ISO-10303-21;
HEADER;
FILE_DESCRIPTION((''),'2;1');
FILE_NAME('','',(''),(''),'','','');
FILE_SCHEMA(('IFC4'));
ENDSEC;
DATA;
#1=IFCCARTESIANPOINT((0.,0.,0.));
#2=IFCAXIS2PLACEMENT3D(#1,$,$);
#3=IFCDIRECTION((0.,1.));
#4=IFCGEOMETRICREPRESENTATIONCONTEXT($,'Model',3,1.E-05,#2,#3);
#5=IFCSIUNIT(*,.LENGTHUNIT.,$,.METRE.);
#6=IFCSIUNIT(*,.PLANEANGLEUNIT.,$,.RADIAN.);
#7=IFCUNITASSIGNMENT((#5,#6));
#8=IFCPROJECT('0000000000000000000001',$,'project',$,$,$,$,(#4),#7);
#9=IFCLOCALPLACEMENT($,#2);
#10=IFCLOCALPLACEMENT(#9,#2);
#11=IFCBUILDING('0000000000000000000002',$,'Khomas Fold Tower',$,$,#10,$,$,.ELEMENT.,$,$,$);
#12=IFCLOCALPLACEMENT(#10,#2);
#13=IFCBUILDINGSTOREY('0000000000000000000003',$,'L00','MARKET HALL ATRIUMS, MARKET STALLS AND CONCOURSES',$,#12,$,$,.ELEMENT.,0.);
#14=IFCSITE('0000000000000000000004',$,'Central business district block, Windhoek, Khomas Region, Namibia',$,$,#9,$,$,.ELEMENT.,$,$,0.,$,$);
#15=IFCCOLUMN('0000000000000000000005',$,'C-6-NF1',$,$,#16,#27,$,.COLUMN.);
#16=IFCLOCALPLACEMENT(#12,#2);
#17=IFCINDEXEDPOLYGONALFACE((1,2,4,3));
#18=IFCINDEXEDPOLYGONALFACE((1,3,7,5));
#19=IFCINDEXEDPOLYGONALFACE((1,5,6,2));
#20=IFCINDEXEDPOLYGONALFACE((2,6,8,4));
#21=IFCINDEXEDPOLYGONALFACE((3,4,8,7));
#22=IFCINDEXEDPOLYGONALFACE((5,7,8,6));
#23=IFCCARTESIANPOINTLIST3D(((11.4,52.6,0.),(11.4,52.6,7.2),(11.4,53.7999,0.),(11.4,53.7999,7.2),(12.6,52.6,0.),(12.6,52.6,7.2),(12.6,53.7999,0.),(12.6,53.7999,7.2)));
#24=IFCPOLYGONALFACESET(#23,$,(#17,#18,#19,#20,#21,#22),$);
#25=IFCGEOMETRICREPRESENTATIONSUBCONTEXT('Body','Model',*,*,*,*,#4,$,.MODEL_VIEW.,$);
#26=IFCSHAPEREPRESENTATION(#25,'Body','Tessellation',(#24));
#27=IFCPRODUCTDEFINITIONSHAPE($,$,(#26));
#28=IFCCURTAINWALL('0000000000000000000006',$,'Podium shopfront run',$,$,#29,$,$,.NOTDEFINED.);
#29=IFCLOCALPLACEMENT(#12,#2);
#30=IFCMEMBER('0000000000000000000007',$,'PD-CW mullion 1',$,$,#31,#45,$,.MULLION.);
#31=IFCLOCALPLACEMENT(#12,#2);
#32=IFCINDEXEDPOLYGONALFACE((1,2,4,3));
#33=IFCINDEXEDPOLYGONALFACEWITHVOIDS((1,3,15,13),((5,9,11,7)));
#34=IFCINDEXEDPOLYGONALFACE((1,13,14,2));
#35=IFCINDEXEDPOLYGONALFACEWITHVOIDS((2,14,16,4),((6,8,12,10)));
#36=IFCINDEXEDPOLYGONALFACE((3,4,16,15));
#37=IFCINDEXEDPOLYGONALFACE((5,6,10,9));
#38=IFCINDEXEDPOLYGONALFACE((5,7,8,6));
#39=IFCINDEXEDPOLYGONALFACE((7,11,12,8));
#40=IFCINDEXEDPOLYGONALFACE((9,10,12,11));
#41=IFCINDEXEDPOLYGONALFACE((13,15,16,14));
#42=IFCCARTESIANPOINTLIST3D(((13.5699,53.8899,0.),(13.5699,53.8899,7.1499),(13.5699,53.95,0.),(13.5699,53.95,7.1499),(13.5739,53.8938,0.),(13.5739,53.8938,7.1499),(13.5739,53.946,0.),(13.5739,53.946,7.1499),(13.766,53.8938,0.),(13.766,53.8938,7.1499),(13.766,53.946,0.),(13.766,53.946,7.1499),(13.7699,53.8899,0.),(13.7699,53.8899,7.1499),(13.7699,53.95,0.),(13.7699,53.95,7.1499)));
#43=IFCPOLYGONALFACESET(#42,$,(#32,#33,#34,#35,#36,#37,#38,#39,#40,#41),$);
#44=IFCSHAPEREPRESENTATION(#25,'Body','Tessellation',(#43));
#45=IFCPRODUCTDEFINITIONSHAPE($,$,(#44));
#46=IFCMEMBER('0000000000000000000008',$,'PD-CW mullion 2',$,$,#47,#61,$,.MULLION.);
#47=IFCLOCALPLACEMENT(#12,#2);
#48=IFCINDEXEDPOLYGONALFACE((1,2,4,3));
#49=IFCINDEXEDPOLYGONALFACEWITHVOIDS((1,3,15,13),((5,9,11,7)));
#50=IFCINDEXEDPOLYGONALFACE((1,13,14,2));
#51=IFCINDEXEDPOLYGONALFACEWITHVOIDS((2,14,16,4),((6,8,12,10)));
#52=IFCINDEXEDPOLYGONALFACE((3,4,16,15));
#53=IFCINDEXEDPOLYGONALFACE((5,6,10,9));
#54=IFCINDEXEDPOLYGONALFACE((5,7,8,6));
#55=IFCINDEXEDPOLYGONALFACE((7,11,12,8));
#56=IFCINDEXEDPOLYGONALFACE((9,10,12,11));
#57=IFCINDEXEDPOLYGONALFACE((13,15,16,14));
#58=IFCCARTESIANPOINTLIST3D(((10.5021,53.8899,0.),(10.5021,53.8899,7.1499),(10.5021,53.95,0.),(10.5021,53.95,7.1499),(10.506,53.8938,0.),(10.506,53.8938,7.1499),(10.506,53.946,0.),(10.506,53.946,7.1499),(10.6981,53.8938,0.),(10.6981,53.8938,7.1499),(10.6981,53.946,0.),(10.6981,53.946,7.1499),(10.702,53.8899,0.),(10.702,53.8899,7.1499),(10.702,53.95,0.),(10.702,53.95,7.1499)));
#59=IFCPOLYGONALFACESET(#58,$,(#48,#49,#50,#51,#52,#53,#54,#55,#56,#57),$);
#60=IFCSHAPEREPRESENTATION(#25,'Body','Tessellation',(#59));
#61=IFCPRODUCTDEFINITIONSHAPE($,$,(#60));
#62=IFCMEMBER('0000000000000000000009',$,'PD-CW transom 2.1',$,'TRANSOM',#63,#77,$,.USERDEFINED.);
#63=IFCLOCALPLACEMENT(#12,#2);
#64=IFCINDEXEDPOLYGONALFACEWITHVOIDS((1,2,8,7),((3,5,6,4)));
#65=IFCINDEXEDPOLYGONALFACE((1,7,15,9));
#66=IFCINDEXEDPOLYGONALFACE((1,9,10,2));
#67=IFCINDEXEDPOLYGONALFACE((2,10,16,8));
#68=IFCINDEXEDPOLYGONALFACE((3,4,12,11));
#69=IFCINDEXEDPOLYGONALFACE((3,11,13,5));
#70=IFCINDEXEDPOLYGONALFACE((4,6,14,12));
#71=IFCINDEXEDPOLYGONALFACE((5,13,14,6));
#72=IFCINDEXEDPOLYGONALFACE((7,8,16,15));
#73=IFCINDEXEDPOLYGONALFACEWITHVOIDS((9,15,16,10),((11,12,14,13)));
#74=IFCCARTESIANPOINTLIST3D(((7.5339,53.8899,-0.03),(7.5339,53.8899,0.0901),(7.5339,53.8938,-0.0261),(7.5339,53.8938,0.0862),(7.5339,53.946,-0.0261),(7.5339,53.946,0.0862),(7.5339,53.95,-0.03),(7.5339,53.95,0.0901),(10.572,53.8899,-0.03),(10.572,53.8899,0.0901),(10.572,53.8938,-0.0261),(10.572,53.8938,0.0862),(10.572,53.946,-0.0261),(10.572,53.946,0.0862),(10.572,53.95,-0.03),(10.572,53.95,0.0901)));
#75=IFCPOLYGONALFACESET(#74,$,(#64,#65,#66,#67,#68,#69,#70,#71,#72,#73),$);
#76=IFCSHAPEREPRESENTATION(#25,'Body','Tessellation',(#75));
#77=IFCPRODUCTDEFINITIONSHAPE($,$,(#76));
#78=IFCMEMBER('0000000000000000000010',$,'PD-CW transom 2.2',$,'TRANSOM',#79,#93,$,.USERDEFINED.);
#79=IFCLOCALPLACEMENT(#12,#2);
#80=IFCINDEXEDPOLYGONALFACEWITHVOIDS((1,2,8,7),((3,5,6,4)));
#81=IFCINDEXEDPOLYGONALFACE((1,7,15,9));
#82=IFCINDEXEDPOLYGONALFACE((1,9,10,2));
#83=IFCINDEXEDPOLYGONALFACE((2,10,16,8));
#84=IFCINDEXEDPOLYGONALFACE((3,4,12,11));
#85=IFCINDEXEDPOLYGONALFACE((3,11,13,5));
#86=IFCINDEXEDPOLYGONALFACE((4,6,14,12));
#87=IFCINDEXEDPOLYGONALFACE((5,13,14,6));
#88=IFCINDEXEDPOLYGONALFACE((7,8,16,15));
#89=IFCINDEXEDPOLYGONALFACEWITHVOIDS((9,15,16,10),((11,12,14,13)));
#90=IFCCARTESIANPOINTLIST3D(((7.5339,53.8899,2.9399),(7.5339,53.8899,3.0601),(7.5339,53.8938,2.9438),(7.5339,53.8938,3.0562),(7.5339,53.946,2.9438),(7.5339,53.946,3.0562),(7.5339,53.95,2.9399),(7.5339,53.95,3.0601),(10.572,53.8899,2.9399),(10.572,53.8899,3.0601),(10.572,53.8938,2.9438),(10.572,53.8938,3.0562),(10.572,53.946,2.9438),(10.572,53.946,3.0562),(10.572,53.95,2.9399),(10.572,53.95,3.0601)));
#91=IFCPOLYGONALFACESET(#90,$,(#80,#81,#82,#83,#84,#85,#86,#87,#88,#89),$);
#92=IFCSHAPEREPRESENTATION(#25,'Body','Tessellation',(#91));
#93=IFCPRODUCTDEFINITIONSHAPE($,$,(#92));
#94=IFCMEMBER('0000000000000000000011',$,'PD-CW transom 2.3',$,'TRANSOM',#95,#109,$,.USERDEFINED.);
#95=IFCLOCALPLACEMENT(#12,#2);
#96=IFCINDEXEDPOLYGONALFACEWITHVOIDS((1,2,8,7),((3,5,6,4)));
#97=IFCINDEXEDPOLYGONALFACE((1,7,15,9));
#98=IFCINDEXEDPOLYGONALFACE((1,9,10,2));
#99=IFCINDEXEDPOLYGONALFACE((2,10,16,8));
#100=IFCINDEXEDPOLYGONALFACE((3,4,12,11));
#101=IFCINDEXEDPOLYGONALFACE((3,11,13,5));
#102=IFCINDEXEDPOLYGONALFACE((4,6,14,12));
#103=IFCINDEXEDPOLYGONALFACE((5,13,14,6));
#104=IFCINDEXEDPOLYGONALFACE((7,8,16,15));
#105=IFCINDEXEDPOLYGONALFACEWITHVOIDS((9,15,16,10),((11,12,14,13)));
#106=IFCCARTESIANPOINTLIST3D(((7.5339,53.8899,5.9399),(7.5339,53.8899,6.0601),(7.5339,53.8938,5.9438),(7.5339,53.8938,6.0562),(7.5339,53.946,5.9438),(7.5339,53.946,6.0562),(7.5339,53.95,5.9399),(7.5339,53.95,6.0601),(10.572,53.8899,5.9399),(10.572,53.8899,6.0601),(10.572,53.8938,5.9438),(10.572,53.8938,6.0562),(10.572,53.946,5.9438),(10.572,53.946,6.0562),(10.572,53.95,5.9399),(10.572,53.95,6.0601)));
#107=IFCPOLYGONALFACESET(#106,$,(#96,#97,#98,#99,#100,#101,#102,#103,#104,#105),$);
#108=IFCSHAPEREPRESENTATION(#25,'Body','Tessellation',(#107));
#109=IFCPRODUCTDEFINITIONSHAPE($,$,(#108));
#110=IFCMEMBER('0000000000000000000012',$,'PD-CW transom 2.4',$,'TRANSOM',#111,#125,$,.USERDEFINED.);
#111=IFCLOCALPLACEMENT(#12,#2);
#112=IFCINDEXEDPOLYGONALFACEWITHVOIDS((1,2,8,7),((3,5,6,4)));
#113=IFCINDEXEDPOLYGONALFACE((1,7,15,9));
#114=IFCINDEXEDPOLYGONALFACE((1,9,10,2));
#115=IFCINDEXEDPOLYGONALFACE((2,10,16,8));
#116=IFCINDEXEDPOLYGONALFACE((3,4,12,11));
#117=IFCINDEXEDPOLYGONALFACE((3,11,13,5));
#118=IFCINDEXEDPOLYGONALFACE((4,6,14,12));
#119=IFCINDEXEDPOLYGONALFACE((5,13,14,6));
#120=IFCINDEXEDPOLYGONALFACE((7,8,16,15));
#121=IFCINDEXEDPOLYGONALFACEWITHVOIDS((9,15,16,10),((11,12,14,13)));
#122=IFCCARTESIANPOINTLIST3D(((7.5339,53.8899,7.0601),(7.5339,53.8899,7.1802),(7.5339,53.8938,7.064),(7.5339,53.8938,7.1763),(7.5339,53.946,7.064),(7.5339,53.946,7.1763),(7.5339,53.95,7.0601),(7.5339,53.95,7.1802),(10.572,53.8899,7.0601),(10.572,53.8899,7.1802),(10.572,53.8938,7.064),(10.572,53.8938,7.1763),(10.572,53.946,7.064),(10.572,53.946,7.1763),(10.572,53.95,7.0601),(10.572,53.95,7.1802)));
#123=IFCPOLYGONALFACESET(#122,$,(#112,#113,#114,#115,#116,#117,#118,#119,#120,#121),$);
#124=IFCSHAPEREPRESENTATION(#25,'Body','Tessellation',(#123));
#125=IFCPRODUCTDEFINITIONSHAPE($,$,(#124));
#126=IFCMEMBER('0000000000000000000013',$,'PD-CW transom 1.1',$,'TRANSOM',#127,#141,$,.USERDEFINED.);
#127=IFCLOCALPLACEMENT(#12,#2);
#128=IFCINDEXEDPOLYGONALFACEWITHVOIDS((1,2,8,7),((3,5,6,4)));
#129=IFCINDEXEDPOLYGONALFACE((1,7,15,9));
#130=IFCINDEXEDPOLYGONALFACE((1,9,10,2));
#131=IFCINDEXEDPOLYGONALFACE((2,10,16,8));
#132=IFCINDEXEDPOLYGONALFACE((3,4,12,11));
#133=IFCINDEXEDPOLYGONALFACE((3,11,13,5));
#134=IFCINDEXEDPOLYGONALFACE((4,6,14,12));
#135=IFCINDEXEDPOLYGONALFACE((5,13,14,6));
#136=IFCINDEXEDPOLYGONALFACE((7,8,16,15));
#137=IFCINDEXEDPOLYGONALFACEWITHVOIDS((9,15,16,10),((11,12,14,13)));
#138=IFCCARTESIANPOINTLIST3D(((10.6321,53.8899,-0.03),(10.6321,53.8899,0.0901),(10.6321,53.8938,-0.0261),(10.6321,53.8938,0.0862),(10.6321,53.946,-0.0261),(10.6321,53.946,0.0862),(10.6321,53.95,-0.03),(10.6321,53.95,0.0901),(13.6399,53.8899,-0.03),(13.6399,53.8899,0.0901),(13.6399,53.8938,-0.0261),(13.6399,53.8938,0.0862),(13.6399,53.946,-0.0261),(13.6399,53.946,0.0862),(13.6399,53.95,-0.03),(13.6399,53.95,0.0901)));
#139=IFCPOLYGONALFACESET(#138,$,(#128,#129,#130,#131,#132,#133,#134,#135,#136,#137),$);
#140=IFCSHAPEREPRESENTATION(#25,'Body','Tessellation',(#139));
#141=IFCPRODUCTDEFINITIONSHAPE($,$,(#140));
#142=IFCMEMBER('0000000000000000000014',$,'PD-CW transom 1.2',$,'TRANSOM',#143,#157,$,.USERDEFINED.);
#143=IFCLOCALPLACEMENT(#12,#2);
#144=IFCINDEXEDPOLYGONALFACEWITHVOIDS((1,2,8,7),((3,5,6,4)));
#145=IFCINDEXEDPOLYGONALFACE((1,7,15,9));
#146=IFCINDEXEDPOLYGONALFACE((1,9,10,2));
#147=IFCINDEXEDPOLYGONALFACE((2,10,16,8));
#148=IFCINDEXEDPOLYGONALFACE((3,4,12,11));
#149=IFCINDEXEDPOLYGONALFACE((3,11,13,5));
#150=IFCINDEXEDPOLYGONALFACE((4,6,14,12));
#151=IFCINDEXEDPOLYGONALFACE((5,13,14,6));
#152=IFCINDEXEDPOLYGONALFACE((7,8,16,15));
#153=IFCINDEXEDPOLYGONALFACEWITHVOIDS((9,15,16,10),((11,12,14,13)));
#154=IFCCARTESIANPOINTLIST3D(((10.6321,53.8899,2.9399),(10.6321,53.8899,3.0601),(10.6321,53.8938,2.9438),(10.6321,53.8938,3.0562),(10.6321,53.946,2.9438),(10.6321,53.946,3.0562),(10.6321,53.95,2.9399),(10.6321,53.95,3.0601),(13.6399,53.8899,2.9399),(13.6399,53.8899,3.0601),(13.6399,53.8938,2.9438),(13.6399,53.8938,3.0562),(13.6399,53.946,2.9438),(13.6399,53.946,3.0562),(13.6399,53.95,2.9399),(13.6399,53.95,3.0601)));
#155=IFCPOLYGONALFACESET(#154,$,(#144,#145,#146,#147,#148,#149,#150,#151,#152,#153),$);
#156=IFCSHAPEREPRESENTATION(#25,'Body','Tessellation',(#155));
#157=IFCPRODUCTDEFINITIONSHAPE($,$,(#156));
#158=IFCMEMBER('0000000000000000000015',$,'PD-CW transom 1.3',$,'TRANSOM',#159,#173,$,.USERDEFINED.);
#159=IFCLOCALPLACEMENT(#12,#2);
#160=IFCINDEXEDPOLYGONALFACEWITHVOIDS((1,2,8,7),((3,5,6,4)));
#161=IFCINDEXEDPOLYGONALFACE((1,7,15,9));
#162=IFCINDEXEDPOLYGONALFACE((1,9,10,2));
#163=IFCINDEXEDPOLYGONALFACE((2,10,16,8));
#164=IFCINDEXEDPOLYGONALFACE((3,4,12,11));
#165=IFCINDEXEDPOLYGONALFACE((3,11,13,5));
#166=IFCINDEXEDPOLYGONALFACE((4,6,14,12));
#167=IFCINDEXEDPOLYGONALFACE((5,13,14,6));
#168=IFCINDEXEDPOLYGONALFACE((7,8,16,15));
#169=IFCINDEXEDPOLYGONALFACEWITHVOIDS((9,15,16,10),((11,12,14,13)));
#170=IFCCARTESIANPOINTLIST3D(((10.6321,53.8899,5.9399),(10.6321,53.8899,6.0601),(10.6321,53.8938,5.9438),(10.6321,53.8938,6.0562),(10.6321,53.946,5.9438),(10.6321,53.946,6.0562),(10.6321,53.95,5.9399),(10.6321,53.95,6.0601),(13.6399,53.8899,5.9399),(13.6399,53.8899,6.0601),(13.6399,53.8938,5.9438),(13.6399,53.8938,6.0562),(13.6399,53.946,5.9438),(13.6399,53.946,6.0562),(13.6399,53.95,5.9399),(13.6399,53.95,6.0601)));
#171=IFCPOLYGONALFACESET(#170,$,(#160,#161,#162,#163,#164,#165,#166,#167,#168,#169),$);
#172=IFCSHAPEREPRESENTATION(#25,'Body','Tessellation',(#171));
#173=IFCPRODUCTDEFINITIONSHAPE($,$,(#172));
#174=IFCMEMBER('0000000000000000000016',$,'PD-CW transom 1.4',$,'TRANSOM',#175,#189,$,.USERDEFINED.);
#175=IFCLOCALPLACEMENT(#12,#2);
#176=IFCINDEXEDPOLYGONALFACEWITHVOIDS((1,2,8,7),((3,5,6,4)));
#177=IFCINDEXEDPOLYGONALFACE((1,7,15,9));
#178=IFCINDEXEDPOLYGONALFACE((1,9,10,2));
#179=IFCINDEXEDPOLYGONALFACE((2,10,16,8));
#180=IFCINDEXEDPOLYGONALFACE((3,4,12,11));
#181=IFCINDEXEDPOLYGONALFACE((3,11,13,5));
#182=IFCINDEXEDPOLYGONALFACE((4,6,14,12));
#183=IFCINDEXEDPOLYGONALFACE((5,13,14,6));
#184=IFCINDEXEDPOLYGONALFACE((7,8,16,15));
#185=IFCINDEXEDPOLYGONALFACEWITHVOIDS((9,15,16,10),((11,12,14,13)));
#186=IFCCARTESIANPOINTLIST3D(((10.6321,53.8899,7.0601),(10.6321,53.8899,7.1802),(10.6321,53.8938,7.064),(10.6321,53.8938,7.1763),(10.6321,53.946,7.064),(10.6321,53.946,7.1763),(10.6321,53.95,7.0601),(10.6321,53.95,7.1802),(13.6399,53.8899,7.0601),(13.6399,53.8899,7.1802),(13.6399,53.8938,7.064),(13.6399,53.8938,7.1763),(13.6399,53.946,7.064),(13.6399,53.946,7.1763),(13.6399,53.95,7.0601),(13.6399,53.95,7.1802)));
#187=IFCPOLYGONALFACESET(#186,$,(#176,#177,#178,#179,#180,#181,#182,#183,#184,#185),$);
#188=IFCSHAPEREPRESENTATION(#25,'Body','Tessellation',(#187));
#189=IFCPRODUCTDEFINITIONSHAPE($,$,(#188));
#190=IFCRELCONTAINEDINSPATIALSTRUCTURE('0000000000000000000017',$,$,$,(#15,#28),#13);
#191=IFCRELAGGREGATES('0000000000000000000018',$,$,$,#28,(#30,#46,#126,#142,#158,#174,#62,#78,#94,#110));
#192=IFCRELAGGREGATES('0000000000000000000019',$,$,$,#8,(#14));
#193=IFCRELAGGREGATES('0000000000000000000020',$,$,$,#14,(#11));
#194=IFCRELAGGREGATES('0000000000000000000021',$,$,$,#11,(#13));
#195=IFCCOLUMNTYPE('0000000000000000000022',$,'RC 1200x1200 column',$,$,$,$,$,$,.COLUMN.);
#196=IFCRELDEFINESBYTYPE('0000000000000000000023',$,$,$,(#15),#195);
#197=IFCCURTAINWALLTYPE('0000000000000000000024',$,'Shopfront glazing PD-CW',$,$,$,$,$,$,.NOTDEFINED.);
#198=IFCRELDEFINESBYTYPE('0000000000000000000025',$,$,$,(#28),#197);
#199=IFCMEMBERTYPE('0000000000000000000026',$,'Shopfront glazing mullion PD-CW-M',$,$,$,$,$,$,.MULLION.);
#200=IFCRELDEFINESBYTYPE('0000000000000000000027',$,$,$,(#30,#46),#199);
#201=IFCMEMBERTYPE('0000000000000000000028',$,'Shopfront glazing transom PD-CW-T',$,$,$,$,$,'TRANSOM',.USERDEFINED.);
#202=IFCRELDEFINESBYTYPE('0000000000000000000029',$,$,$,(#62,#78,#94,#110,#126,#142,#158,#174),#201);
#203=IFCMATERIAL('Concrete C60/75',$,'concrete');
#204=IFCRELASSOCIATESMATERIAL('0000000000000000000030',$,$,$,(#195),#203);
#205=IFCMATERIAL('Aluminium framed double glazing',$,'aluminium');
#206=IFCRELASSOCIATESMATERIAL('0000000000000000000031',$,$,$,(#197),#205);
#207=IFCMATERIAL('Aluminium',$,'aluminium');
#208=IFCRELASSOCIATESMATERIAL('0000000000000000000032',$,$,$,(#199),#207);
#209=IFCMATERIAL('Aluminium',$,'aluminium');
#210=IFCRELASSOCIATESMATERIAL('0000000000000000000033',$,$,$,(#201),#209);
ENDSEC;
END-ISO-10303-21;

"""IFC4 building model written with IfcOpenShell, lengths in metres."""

from ifc_helpers import new_model, si_unit, direction, frame, origin, origin_2d, place, context, subcontext, project, spatial, rectangle, hollow_rectangle, extrude, source, transform, mapped, material, material_profile, profile_set, type_object, element, aggregate, save


model = new_model("IFC4")

# Units and contexts
model_context = context("Model", 3, precision=1e-05, world=origin(), true_north=direction((0.0, 1.0)))
body_context = subcontext(model_context, "Body", "Model", "MODEL_VIEW")
ifc_project = project(units=[si_unit("LENGTHUNIT", "METRE"), si_unit("PLANEANGLEUNIT", "RADIAN")], contexts=[model_context])

# Site, building, storey
site_placement = place(None, origin())
site = spatial("IfcSite", under=ifc_project, at=site_placement, Name="Central business district block, Windhoek, Khomas Region, Namibia", CompositionType="ELEMENT", RefElevation=0.0)
building_placement = place(site_placement, origin())
building = spatial("IfcBuilding", under=site, at=building_placement, Name="Khomas Fold Tower", CompositionType="ELEMENT")
storey_placement = place(building_placement, origin())
storey = spatial("IfcBuildingStorey", under=building, at=storey_placement, Name="L00", Description="MARKET HALL ATRIUMS, MARKET STALLS AND CONCOURSES", CompositionType="ELEMENT", Elevation=0.0)

# Column
ifc_material_1 = material(Name="Concrete C60/75", Category="concrete")
ifc_material_profile_1 = material_profile(ifc_material_1, rectangle(XDim=1.2, YDim=1.2, at=origin_2d()), Name="RC 1200x1200")
ifc_profile_set_1 = profile_set([ifc_material_profile_1], Name="Concrete C60/75")
column_type = type_object("IfcColumnType", Name="RC 1200x1200 column", PredefinedType="COLUMN", material=ifc_profile_set_1)
shared_shape_1 = source(origin(), body_context, "Body", "SweptSolid", [
    extrude(rectangle(XDim=1.2, YDim=1.2, at=origin_2d()), origin(), (0.0, 0.0, 1.0), 7.2),
])
column_placement = place(storey_placement, frame((12.0, 53.2, 0.0), z_axis=(0.0, 0.0, 1.0), x_axis=(1.0, 0.0, 0.0)))
element("IfcColumn", 1, at=column_placement, inside=storey, type_object=column_type, Name="C-6-NF1", PredefinedType="COLUMN", context=body_context, shape_type="MappedRepresentation", body=[
    mapped(shared_shape_1, transform((0.0, 0.0, 0.0))),
])

# Curtain wall, members
ifc_material_2 = material(Name="Aluminium framed double glazing", Category="aluminium")
curtain_wall_type = type_object("IfcCurtainWallType", Name="Shopfront glazing PD-CW", PredefinedType="NOTDEFINED", material=ifc_material_2)
curtain_wall_placement = place(storey_placement, origin())
curtain_wall = element("IfcCurtainWall", 2, at=curtain_wall_placement, inside=storey, type_object=curtain_wall_type, Name="Podium shopfront run", PredefinedType="NOTDEFINED")
ifc_material_3 = material(Name="Aluminium", Category="aluminium")
ifc_material_profile_2 = material_profile(ifc_material_3, hollow_rectangle(XDim=0.0601, YDim=0.2, WallThickness=0.0039, at=origin_2d()), Name="Shopfront glazing mullion PD-CW-M")
ifc_profile_set_2 = profile_set([ifc_material_profile_2], Name="Aluminium")
member_type_1 = type_object("IfcMemberType", Name="Shopfront glazing mullion PD-CW-M", PredefinedType="MULLION", material=ifc_profile_set_2)
shared_shape_2 = source(origin(), body_context, "Body", "SweptSolid", [
    extrude(hollow_rectangle(XDim=0.0601, YDim=0.2, WallThickness=0.0039, at=origin_2d()), origin(), (0.0, 0.0, 1.0), 7.1499),
])
member_1_placement = place(storey_placement, frame((13.6699, 53.9199, 0.0), z_axis=(0.0, 0.0, 1.0), x_axis=(0.0, -1.0, 0.0)))
member_1 = element("IfcMember", 3, at=member_1_placement, type_object=member_type_1, Name="PD-CW mullion 1", PredefinedType="MULLION", context=body_context, shape_type="MappedRepresentation", body=[
    mapped(shared_shape_2, transform((0.0, 0.0, 0.0))),
])
member_2_placement = place(storey_placement, frame((10.6021, 53.9199, 0.0), z_axis=(0.0, 0.0, 1.0), x_axis=(0.0, -1.0, 0.0)))
member_2 = element("IfcMember", 4, at=member_2_placement, type_object=member_type_1, Name="PD-CW mullion 2", PredefinedType="MULLION", context=body_context, shape_type="MappedRepresentation", body=[
    mapped(shared_shape_2, transform((0.0, 0.0, 0.0))),
])
ifc_material_4 = material(Name="Aluminium", Category="aluminium")
ifc_material_profile_3 = material_profile(ifc_material_4, hollow_rectangle(XDim=0.0601, YDim=0.1201, WallThickness=0.0039, at=origin_2d()), Name="Shopfront glazing transom PD-CW-T")
ifc_profile_set_3 = profile_set([ifc_material_profile_3], Name="Aluminium")
member_type_2 = type_object("IfcMemberType", Name="Shopfront glazing transom PD-CW-T", ElementType="TRANSOM", PredefinedType="USERDEFINED", material=ifc_profile_set_3)
shared_shape_3 = source(origin(), body_context, "Body", "SweptSolid", [
    extrude(hollow_rectangle(XDim=0.0601, YDim=0.1201, WallThickness=0.0039, at=origin_2d()), origin(), (0.0, 0.0, 1.0), 3.0381),
])
member_3_placement = place(storey_placement, frame((10.572, 53.9199, 0.03), z_axis=(-1.0, 0.0, 0.0), x_axis=(0.0, -1.0, 0.0)))
member_3 = element("IfcMember", 5, at=member_3_placement, type_object=member_type_2, Name="PD-CW transom 2.1", ObjectType="TRANSOM", PredefinedType="USERDEFINED", context=body_context, shape_type="MappedRepresentation", body=[
    mapped(shared_shape_3, transform((0.0, 0.0, 0.0))),
])
member_4_placement = place(storey_placement, frame((10.572, 53.9199, 3.0), z_axis=(-1.0, 0.0, 0.0), x_axis=(0.0, -1.0, 0.0)))
member_4 = element("IfcMember", 6, at=member_4_placement, type_object=member_type_2, Name="PD-CW transom 2.2", ObjectType="TRANSOM", PredefinedType="USERDEFINED", context=body_context, shape_type="MappedRepresentation", body=[
    mapped(shared_shape_3, transform((0.0, 0.0, 0.0))),
])
member_5_placement = place(storey_placement, frame((10.572, 53.9199, 6.0), z_axis=(-1.0, 0.0, 0.0), x_axis=(0.0, -1.0, 0.0)))
member_5 = element("IfcMember", 7, at=member_5_placement, type_object=member_type_2, Name="PD-CW transom 2.3", ObjectType="TRANSOM", PredefinedType="USERDEFINED", context=body_context, shape_type="MappedRepresentation", body=[
    mapped(shared_shape_3, transform((0.0, 0.0, 0.0))),
])
member_6_placement = place(storey_placement, frame((10.572, 53.9199, 7.1201), z_axis=(-1.0, 0.0, 0.0), x_axis=(0.0, -1.0, 0.0)))
member_6 = element("IfcMember", 8, at=member_6_placement, type_object=member_type_2, Name="PD-CW transom 2.4", ObjectType="TRANSOM", PredefinedType="USERDEFINED", context=body_context, shape_type="MappedRepresentation", body=[
    mapped(shared_shape_3, transform((0.0, 0.0, 0.0))),
])
shared_shape_4 = source(origin(), body_context, "Body", "SweptSolid", [
    extrude(hollow_rectangle(XDim=0.0601, YDim=0.1201, WallThickness=0.0039, at=origin_2d()), origin(), (0.0, 0.0, 1.0), 3.0078),
])
member_7_placement = place(storey_placement, frame((13.6399, 53.9199, 0.03), z_axis=(-1.0, 0.0, 0.0), x_axis=(0.0, -1.0, 0.0)))
member_7 = element("IfcMember", 9, at=member_7_placement, type_object=member_type_2, Name="PD-CW transom 1.1", ObjectType="TRANSOM", PredefinedType="USERDEFINED", context=body_context, shape_type="MappedRepresentation", body=[
    mapped(shared_shape_4, transform((0.0, 0.0, 0.0))),
])
member_8_placement = place(storey_placement, frame((13.6399, 53.9199, 3.0), z_axis=(-1.0, 0.0, 0.0), x_axis=(0.0, -1.0, 0.0)))
member_8 = element("IfcMember", 10, at=member_8_placement, type_object=member_type_2, Name="PD-CW transom 1.2", ObjectType="TRANSOM", PredefinedType="USERDEFINED", context=body_context, shape_type="MappedRepresentation", body=[
    mapped(shared_shape_4, transform((0.0, 0.0, 0.0))),
])
member_9_placement = place(storey_placement, frame((13.6399, 53.9199, 6.0), z_axis=(-1.0, 0.0, 0.0), x_axis=(0.0, -1.0, 0.0)))
member_9 = element("IfcMember", 11, at=member_9_placement, type_object=member_type_2, Name="PD-CW transom 1.3", ObjectType="TRANSOM", PredefinedType="USERDEFINED", context=body_context, shape_type="MappedRepresentation", body=[
    mapped(shared_shape_4, transform((0.0, 0.0, 0.0))),
])
member_10_placement = place(storey_placement, frame((13.6399, 53.9199, 7.1201), z_axis=(-1.0, 0.0, 0.0), x_axis=(0.0, -1.0, 0.0)))
member_10 = element("IfcMember", 12, at=member_10_placement, type_object=member_type_2, Name="PD-CW transom 1.4", ObjectType="TRANSOM", PredefinedType="USERDEFINED", context=body_context, shape_type="MappedRepresentation", body=[
    mapped(shared_shape_4, transform((0.0, 0.0, 0.0))),
])
aggregate(curtain_wall, [member_1, member_2, member_7, member_8, member_9, member_10, member_3, member_4, member_5, member_6])

save(model, "model.ifc")
